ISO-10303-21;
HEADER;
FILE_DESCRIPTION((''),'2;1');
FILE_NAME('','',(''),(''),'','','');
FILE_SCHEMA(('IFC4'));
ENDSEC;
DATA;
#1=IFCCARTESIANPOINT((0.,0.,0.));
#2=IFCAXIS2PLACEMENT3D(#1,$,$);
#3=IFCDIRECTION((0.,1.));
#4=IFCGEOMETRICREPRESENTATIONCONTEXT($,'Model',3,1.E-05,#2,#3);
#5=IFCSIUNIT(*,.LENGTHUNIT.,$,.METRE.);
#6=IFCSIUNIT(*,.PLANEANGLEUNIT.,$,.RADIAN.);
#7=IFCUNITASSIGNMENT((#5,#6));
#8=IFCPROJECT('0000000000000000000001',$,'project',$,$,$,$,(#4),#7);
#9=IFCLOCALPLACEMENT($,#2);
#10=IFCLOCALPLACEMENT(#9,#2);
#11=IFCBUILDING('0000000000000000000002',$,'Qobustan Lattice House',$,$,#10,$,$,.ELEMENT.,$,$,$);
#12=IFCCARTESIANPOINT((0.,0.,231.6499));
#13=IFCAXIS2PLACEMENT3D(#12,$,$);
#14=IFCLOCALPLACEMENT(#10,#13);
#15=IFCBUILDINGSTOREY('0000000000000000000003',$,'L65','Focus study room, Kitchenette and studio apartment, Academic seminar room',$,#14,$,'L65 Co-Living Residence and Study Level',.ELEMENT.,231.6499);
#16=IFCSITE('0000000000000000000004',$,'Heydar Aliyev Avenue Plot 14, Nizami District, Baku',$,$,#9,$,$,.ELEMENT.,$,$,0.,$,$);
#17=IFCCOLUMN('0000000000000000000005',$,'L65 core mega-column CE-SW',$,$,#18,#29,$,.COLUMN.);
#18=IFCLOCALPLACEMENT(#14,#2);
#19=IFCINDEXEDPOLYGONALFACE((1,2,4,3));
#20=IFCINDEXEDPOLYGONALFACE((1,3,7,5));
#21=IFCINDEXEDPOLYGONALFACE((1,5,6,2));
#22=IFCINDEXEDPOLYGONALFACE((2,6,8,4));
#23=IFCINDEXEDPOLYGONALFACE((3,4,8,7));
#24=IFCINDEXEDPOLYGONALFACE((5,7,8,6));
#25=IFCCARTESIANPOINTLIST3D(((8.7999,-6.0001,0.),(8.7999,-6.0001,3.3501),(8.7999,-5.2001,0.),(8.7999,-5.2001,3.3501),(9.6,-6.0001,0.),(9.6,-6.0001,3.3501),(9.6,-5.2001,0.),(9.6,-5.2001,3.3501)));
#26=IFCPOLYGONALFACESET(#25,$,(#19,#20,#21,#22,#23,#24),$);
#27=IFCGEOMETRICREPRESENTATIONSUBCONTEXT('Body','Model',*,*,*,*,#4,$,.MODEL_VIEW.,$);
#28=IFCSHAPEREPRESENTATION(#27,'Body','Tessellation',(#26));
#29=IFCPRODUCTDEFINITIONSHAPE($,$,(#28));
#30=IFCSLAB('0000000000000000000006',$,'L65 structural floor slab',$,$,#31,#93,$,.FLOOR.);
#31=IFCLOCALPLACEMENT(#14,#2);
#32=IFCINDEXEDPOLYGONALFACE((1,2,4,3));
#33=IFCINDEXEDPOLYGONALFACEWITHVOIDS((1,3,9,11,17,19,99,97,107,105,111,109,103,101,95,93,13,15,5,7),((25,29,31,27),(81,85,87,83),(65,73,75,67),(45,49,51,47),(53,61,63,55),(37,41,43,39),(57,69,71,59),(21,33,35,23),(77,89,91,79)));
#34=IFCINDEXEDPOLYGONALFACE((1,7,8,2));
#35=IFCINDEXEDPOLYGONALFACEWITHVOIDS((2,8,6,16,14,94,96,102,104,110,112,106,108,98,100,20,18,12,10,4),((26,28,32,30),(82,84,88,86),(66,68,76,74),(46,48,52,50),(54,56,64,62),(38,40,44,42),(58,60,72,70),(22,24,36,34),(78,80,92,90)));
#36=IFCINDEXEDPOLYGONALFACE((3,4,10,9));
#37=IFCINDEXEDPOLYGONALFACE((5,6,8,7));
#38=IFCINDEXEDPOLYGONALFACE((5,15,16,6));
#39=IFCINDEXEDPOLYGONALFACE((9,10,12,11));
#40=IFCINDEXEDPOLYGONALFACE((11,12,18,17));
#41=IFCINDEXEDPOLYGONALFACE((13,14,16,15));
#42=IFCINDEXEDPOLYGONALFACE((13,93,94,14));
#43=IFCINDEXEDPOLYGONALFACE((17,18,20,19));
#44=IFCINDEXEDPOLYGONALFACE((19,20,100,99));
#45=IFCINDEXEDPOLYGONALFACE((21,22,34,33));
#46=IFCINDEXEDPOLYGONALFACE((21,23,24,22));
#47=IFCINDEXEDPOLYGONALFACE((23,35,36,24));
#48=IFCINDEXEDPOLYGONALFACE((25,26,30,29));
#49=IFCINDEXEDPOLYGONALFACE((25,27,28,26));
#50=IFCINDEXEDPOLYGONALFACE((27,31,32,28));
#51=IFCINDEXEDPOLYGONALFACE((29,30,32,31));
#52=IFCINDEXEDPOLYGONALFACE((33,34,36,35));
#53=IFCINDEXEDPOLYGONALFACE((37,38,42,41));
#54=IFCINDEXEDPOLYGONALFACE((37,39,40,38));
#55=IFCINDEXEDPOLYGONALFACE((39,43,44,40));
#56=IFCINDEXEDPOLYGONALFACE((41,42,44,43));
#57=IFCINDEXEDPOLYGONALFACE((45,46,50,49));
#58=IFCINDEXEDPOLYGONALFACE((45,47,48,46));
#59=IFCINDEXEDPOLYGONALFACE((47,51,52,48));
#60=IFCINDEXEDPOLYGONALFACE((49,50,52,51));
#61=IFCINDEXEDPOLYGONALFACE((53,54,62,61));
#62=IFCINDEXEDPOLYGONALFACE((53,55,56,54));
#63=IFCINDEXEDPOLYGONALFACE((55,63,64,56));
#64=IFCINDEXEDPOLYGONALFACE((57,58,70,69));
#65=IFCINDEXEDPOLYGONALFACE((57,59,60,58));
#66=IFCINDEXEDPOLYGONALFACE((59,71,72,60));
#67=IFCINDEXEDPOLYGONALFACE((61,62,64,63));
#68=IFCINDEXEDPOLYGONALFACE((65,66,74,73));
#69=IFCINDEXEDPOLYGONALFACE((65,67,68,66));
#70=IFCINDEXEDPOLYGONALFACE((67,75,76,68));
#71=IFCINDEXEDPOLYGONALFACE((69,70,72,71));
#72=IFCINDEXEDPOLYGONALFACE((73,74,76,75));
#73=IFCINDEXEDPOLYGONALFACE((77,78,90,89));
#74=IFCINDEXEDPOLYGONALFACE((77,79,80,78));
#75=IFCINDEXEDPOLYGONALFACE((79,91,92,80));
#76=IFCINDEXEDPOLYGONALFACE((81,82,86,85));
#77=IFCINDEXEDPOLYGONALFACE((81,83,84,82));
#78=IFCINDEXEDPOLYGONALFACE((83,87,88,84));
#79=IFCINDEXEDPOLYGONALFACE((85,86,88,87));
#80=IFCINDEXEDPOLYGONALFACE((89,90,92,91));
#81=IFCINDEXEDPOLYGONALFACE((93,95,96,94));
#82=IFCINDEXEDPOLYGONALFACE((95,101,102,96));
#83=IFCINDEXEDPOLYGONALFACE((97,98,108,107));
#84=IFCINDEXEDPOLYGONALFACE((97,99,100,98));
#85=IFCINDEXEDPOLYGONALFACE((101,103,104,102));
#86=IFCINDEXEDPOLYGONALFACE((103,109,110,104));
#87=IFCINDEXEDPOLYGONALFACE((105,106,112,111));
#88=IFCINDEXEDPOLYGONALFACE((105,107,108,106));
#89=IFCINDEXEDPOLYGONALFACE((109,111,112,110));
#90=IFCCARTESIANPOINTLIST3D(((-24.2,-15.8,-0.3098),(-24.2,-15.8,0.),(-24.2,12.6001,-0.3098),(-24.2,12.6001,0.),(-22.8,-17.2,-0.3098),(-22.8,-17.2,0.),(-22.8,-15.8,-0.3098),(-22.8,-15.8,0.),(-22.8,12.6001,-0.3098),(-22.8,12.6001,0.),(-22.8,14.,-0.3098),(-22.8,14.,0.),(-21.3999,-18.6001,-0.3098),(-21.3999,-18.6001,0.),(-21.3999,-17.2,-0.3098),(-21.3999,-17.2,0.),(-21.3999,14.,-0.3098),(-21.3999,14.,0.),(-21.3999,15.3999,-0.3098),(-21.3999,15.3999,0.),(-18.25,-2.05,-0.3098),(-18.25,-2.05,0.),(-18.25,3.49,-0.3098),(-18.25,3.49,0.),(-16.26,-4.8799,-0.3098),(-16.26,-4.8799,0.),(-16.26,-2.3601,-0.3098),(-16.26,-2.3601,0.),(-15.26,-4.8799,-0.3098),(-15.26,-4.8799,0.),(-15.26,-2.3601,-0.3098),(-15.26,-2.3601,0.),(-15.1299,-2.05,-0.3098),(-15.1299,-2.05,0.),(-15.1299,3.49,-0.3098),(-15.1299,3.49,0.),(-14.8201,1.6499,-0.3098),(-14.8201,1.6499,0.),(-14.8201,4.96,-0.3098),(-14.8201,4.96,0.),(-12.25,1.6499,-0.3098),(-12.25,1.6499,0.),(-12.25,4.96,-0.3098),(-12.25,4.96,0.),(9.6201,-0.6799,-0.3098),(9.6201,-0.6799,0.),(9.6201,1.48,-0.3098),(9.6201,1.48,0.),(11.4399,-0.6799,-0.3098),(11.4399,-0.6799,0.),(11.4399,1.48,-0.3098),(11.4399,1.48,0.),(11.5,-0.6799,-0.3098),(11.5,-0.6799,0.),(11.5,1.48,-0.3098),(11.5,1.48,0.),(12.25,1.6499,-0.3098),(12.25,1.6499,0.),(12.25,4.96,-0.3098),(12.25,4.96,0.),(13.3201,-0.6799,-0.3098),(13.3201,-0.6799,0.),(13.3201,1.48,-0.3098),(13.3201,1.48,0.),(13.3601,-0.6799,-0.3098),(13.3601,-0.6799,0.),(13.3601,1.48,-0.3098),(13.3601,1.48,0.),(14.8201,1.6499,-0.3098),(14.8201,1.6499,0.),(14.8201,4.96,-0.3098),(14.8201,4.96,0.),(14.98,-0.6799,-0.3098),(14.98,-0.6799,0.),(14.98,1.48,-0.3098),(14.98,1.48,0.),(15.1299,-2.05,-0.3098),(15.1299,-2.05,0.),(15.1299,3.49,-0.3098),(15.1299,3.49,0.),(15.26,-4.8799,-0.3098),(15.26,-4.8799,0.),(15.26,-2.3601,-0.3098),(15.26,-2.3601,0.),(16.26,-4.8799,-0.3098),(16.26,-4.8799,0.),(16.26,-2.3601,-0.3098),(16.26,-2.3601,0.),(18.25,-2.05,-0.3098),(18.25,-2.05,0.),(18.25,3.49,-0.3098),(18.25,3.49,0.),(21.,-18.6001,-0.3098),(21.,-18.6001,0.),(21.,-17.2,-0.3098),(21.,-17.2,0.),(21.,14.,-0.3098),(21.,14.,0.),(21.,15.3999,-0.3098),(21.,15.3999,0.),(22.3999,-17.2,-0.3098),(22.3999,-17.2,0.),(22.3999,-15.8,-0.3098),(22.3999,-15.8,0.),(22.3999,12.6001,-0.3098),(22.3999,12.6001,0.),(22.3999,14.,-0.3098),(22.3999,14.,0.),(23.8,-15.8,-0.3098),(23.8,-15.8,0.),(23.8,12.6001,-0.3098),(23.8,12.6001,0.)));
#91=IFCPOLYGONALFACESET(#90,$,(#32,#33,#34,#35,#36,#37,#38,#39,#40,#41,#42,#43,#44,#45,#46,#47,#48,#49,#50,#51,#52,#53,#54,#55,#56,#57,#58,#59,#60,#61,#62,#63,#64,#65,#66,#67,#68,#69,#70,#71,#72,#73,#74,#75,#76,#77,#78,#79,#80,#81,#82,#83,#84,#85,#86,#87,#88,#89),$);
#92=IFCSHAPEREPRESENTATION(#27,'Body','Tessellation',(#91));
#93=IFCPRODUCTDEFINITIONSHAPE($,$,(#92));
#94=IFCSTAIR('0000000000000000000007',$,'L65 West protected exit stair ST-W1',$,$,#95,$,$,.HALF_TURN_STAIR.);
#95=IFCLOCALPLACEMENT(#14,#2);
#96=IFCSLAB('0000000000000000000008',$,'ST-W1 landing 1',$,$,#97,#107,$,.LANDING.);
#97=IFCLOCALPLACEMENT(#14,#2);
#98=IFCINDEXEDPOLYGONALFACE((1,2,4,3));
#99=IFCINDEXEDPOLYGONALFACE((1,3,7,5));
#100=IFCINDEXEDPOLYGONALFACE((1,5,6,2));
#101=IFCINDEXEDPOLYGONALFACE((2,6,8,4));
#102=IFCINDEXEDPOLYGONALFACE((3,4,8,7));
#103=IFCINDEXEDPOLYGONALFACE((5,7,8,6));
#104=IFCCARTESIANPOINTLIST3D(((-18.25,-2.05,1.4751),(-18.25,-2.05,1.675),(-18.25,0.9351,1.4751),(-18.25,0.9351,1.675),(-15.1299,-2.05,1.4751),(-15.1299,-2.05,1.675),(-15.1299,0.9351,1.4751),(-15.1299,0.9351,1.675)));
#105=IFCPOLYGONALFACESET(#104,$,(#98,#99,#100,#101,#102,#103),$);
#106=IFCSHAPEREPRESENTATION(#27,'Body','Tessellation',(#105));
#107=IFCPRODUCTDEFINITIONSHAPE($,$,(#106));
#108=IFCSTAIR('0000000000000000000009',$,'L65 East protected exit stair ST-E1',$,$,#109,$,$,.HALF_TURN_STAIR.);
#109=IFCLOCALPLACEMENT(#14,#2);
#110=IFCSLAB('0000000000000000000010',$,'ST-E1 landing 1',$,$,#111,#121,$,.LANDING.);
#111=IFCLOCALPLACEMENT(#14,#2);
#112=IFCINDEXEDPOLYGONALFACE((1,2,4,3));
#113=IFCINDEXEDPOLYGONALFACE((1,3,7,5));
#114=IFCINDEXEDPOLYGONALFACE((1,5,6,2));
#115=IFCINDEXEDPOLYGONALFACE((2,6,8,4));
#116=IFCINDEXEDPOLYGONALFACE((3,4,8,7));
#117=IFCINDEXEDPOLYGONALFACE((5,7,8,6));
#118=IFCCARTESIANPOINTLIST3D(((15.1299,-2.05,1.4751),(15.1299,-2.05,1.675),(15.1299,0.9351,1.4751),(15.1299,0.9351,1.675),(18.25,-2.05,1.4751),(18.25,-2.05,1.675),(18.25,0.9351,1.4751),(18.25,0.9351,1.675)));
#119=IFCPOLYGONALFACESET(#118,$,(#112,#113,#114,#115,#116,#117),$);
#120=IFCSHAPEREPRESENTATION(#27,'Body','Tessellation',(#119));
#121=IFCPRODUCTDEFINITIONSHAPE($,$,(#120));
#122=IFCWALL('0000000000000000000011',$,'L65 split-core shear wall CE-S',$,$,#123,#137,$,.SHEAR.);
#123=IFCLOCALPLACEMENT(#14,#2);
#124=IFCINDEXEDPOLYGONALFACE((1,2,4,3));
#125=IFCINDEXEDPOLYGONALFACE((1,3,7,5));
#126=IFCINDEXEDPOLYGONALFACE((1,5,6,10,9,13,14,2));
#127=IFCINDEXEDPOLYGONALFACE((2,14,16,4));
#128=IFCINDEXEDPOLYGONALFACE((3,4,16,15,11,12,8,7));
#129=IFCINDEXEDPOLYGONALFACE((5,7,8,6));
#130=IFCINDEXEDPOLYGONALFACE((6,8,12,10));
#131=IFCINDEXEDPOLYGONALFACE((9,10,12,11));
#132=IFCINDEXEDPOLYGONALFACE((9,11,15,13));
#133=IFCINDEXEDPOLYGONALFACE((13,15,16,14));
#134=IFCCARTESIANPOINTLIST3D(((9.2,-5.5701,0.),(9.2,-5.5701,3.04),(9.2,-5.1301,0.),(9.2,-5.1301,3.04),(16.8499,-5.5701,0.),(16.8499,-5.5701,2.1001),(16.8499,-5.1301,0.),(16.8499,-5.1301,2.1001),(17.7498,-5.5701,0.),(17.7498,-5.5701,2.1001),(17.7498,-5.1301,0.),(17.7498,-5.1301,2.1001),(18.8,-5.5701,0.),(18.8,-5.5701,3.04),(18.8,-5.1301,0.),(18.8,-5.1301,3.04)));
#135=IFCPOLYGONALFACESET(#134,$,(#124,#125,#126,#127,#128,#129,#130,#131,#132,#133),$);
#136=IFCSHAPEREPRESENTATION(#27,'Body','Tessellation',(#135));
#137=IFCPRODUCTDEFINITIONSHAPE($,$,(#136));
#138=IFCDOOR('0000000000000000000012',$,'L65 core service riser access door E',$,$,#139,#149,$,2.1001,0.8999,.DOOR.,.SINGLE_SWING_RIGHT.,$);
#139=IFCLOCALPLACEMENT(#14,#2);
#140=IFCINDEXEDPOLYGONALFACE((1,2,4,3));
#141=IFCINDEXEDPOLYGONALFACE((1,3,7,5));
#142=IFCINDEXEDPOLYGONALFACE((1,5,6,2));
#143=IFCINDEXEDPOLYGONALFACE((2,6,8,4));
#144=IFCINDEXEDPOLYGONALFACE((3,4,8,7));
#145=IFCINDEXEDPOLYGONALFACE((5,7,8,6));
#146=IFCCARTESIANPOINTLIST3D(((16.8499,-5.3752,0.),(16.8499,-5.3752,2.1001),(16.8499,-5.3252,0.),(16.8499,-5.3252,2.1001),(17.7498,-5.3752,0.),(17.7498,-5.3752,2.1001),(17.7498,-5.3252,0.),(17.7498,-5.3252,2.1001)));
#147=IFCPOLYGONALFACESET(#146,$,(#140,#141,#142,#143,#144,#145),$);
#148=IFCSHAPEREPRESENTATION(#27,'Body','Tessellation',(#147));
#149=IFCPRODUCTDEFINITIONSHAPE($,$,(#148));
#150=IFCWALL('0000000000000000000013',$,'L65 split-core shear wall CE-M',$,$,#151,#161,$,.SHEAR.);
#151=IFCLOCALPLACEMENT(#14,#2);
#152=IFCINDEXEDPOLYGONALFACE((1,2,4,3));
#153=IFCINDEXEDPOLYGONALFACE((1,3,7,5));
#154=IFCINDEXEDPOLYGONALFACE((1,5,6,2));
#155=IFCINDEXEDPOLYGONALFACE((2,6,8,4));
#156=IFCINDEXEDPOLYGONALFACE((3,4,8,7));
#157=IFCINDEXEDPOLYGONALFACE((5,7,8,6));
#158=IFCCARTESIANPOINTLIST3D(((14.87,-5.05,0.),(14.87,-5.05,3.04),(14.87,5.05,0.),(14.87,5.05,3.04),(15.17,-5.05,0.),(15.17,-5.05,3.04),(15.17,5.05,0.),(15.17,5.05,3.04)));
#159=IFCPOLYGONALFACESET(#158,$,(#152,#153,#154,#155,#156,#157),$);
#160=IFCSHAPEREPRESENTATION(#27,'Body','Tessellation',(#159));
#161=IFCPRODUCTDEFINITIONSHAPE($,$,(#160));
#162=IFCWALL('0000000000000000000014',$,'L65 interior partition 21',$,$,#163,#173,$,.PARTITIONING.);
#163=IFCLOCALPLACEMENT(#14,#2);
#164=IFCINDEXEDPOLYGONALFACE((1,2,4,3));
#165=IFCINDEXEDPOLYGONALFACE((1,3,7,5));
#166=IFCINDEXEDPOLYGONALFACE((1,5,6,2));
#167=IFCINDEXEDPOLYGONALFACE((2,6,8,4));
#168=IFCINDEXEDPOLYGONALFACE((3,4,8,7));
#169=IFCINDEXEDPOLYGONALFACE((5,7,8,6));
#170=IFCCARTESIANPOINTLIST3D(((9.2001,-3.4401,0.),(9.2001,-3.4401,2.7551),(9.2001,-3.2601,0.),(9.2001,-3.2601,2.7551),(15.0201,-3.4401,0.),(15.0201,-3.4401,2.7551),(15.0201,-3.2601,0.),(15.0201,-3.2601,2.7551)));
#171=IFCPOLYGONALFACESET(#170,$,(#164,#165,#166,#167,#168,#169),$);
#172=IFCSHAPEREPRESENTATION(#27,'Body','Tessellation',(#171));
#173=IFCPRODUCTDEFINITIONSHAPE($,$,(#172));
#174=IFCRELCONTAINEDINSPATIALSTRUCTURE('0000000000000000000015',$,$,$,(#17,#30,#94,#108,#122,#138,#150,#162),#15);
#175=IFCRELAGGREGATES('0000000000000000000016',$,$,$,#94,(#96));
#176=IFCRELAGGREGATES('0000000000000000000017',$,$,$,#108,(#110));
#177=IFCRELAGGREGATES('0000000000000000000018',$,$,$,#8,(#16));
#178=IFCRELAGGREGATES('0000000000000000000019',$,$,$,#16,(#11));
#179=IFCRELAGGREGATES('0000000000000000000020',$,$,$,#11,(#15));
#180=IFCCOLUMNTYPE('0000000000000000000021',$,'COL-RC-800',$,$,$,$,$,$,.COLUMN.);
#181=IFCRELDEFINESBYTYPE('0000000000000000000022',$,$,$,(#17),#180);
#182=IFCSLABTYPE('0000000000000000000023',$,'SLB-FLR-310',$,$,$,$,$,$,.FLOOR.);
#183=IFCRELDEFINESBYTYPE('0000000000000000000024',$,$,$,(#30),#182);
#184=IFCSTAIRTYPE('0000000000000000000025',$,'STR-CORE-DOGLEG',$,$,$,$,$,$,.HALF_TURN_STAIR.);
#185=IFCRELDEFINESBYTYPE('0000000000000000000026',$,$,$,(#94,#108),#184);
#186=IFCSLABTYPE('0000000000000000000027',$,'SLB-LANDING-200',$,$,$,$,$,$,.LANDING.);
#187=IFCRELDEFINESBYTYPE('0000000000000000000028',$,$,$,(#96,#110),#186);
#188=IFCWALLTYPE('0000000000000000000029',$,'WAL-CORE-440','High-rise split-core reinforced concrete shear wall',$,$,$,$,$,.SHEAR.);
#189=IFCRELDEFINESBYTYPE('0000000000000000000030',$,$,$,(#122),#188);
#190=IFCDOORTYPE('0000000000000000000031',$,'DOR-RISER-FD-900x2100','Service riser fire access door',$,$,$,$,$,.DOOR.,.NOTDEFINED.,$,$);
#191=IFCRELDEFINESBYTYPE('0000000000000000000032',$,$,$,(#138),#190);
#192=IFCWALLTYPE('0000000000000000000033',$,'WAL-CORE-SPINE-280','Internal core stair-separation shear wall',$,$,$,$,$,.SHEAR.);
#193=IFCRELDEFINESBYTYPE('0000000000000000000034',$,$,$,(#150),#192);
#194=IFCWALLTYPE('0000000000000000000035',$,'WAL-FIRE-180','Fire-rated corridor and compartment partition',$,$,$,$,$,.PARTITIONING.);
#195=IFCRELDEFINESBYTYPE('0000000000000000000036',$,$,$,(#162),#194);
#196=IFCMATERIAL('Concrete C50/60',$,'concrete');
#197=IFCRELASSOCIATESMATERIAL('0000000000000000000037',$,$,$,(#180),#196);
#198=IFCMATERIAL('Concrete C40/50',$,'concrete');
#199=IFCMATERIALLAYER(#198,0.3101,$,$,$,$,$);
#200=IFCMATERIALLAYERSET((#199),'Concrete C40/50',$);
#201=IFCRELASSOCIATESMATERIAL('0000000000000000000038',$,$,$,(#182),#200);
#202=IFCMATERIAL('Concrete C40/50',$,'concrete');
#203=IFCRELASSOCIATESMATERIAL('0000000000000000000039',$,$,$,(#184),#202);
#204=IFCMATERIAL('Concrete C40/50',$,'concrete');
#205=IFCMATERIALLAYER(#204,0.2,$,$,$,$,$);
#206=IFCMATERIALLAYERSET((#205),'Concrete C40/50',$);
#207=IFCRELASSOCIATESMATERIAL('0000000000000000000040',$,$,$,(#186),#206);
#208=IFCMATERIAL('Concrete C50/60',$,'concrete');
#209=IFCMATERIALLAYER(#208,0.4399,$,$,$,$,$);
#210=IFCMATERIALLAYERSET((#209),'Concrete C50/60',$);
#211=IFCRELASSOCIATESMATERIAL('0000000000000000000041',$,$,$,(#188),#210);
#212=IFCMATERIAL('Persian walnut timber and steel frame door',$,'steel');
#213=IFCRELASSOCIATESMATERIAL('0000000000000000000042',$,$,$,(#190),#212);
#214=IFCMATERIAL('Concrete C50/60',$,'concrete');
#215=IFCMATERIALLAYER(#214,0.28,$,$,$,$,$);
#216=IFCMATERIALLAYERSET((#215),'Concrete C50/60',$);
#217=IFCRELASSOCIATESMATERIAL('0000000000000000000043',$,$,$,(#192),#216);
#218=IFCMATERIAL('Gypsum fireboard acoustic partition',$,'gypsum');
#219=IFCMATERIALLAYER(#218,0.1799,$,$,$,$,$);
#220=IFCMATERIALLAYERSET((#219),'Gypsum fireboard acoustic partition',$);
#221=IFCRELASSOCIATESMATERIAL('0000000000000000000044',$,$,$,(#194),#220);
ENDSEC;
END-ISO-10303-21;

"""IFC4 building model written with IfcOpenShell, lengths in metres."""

from ifc_helpers import new_model, si_unit, direction, frame, frame_2d, origin, origin_2d, place, context, subcontext, project, spatial, polyline, rectangle, outline, extrude, material, layer, layer_set, material_profile, profile_set, type_object, element, fill, aggregate, save


model = new_model("IFC4")

# Units and contexts
model_context = context("Model", 3, precision=1e-05, world=origin(), true_north=direction((0.0, 1.0)))
body_context = subcontext(model_context, "Body", "Model", "MODEL_VIEW")
ifc_project = project(units=[si_unit("LENGTHUNIT", "METRE"), si_unit("PLANEANGLEUNIT", "RADIAN")], contexts=[model_context])

# Site, building, storey
site_placement = place(None, origin())
site = spatial("IfcSite", under=ifc_project, at=site_placement, Name="Heydar Aliyev Avenue Plot 14, Nizami District, Baku", CompositionType="ELEMENT", RefElevation=0.0)
building_placement = place(site_placement, origin())
building = spatial("IfcBuilding", under=site, at=building_placement, Name="Qobustan Lattice House", CompositionType="ELEMENT")
storey_placement = place(building_placement, frame((0.0, 0.0, 231.6499)))
storey = spatial("IfcBuildingStorey", under=building, at=storey_placement, Name="L65", Description="Focus study room, Kitchenette and studio apartment, Academic seminar room", LongName="L65 Co-Living Residence and Study Level", CompositionType="ELEMENT", Elevation=231.6499)

# Column
ifc_material_1 = material(Name="Concrete C50/60", Category="concrete")
ifc_material_profile = material_profile(ifc_material_1, rectangle(XDim=0.8, YDim=0.8, at=origin_2d()), Name="RC800x800")
ifc_profile_set = profile_set([ifc_material_profile], Name="Concrete C50/60")
column_type = type_object("IfcColumnType", Name="COL-RC-800", PredefinedType="COLUMN", material=ifc_profile_set)
column_placement = place(storey_placement, frame((9.2, -5.6001, 0.0), z_axis=(0.0, 0.0, 1.0), x_axis=(1.0, 0.0, 0.0)))
element("IfcColumn", 1, at=column_placement, inside=storey, type_object=column_type, Name="L65 core mega-column CE-SW", PredefinedType="COLUMN", context=body_context, shape_type="SweptSolid", body=[
    extrude(rectangle(XDim=0.8, YDim=0.8, at=origin_2d()), origin(), (0.0, 0.0, 1.0), 3.3501),
])

# Slab
ifc_material_2 = material(Name="Concrete C40/50", Category="concrete")
ifc_layer_1 = layer(ifc_material_2, 0.3101)
ifc_layer_set_1 = layer_set([ifc_layer_1], Name="Concrete C40/50")
slab_type_1 = type_object("IfcSlabType", Name="SLB-FLR-310", PredefinedType="FLOOR", material=ifc_layer_set_1)
slab_1_placement = place(storey_placement, frame((0.0, 0.0, -0.3098)))
element("IfcSlab", 2, at=slab_1_placement, inside=storey, type_object=slab_type_1, Name="L65 structural floor slab", PredefinedType="FLOOR", context=body_context, shape_type="SweptSolid", body=[
    extrude(outline(polyline([(-21.3999, -18.6001), (21.0, -18.6001), (21.0, -17.2), (22.3999, -17.2), (22.3999, -15.8), (23.8, -15.8), (23.8, 12.6001), (22.3999, 12.6001), (22.3999, 14.0), (21.0, 14.0), (21.0, 15.3999), (-21.3999, 15.3999), (-21.3999, 14.0), (-22.8, 14.0), (-22.8, 12.6001), (-24.2, 12.6001), (-24.2, -15.8), (-22.8, -15.8), (-22.8, -17.2), (-21.3999, -17.2), (-21.3999, -18.6001)]), holes=[polyline([(-18.25, -2.05), (-18.25, 3.49), (-15.1299, 3.49), (-15.1299, -2.05), (-18.25, -2.05)]), polyline([(15.1299, -2.05), (15.1299, 3.49), (18.25, 3.49), (18.25, -2.05), (15.1299, -2.05)]), polyline([(-14.8201, 1.6499), (-14.8201, 4.96), (-12.25, 4.96), (-12.25, 1.6499), (-14.8201, 1.6499)]), polyline([(12.25, 1.6499), (12.25, 4.96), (14.8201, 4.96), (14.8201, 1.6499), (12.25, 1.6499)]), polyline([(-16.26, -4.8799), (-16.26, -2.3601), (-15.26, -2.3601), (-15.26, -4.8799), (-16.26, -4.8799)]), polyline([(15.26, -4.8799), (15.26, -2.3601), (16.26, -2.3601), (16.26, -4.8799), (15.26, -4.8799)]), polyline([(13.3601, -0.6799), (13.3601, 1.48), (14.98, 1.48), (14.98, -0.6799), (13.3601, -0.6799)]), polyline([(9.6201, -0.6799), (9.6201, 1.48), (11.4399, 1.48), (11.4399, -0.6799), (9.6201, -0.6799)]), polyline([(11.5, -0.6799), (11.5, 1.48), (13.3201, 1.48), (13.3201, -0.6799), (11.5, -0.6799)])]), origin(), (0.0, 0.0, 1.0), 0.3098),
])

# Stairs, slabs
ifc_material_3 = material(Name="Concrete C40/50", Category="concrete")
stair_type = type_object("IfcStairType", Name="STR-CORE-DOGLEG", PredefinedType="HALF_TURN_STAIR", material=ifc_material_3)
stair_1_placement = place(storey_placement, origin())
stair_1 = element("IfcStair", 3, at=stair_1_placement, inside=storey, type_object=stair_type, Name="L65 West protected exit stair ST-W1", PredefinedType="HALF_TURN_STAIR")
ifc_material_4 = material(Name="Concrete C40/50", Category="concrete")
ifc_layer_2 = layer(ifc_material_4, 0.2)
ifc_layer_set_2 = layer_set([ifc_layer_2], Name="Concrete C40/50")
slab_type_2 = type_object("IfcSlabType", Name="SLB-LANDING-200", PredefinedType="LANDING", material=ifc_layer_set_2)
slab_2_placement = place(storey_placement, frame((0.0, 0.0, 1.4751)))
slab_2 = element("IfcSlab", 4, at=slab_2_placement, type_object=slab_type_2, Name="ST-W1 landing 1", PredefinedType="LANDING", context=body_context, shape_type="SweptSolid", body=[
    extrude(outline(polyline([(-18.25, 0.9351), (-18.25, -2.05), (-15.1299, -2.05), (-15.1299, 0.9351), (-18.25, 0.9351)])), origin(), (0.0, 0.0, 1.0), 0.2),
])
aggregate(stair_1, [slab_2])
stair_2_placement = place(storey_placement, origin())
stair_2 = element("IfcStair", 5, at=stair_2_placement, inside=storey, type_object=stair_type, Name="L65 East protected exit stair ST-E1", PredefinedType="HALF_TURN_STAIR")
slab_3_placement = place(storey_placement, frame((0.0, 0.0, 1.4751)))
slab_3 = element("IfcSlab", 6, at=slab_3_placement, type_object=slab_type_2, Name="ST-E1 landing 1", PredefinedType="LANDING", context=body_context, shape_type="SweptSolid", body=[
    extrude(outline(polyline([(15.1299, 0.9351), (15.1299, -2.05), (18.25, -2.05), (18.25, 0.9351), (15.1299, 0.9351)])), origin(), (0.0, 0.0, 1.0), 0.2),
])
aggregate(stair_2, [slab_3])

# Wall, opening, door
ifc_material_5 = material(Name="Concrete C50/60", Category="concrete")
ifc_layer_3 = layer(ifc_material_5, 0.4399)
ifc_layer_set_3 = layer_set([ifc_layer_3], Name="Concrete C50/60")
wall_type_1 = type_object("IfcWallType", Name="WAL-CORE-440", Description="High-rise split-core reinforced concrete shear wall", PredefinedType="SHEAR", material=ifc_layer_set_3)
wall_1_placement = place(storey_placement, frame((9.2, -5.3501, 0.0), z_axis=(0.0, 0.0, 1.0), x_axis=(1.0, 0.0, 0.0)))
wall_1 = element("IfcWall", 7, at=wall_1_placement, inside=storey, type_object=wall_type_1, Name="L65 split-core shear wall CE-S", PredefinedType="SHEAR", context=body_context, shape_type="SweptSolid", body=[
    extrude(rectangle(XDim=9.6001, YDim=0.4399, at=frame_2d((4.8, 0.0))), origin(), (0.0, 0.0, 1.0), 3.04),
])
opening_1_placement = place(wall_1_placement, frame((7.6499, 0.0, 0.0)))
opening_1 = element("IfcOpeningElement", 8, at=opening_1_placement, cuts=wall_1, PredefinedType="OPENING", context=body_context, shape_type="SweptSolid", body=[
    extrude(rectangle(XDim=0.8999, YDim=2.1001, at=frame_2d((0.45, 1.05))), frame((0.0, 0.23, 0.0), z_axis=(0.0, -1.0, 0.0), x_axis=(1.0, 0.0, 0.0)), (0.0, 0.0, 1.0), 0.46),
])
ifc_material_6 = material(Name="Persian walnut timber and steel frame door", Category="steel")
door_type_1 = type_object("IfcDoorType", Name="DOR-RISER-FD-900x2100", Description="Service riser fire access door", OperationType="NOTDEFINED", PredefinedType="DOOR", material=ifc_material_6)
door_1_placement = place(opening_1_placement, origin())
door_1 = element("IfcDoor", 9, at=door_1_placement, inside=storey, type_object=door_type_1, Name="L65 core service riser access door E", OperationType="SINGLE_SWING_RIGHT", OverallHeight=2.1001, OverallWidth=0.8999, PredefinedType="DOOR", context=body_context, shape_type="SweptSolid", body=[
    extrude(rectangle(XDim=0.8999, YDim=2.1001, at=frame_2d((0.45, 1.05))), frame((0.0, 0.0249, 0.0), z_axis=(0.0, -1.0, 0.0), x_axis=(1.0, 0.0, 0.0)), (0.0, 0.0, 1.0), 0.05),
])
fill(opening_1, door_1)

# Walls
ifc_material_7 = material(Name="Concrete C50/60", Category="concrete")
ifc_layer_4 = layer(ifc_material_7, 0.28)
ifc_layer_set_4 = layer_set([ifc_layer_4], Name="Concrete C50/60")
wall_type_2 = type_object("IfcWallType", Name="WAL-CORE-SPINE-280", Description="Internal core stair-separation shear wall", PredefinedType="SHEAR", material=ifc_layer_set_4)
wall_2_placement = place(storey_placement, frame((15.02, -5.05, 0.0), z_axis=(0.0, 0.0, 1.0), x_axis=(0.0, 1.0, 0.0)))
element("IfcWall", 10, at=wall_2_placement, inside=storey, type_object=wall_type_2, Name="L65 split-core shear wall CE-M", PredefinedType="SHEAR", context=body_context, shape_type="SweptSolid", body=[
    extrude(rectangle(XDim=10.1001, YDim=0.3, at=frame_2d((5.05, 0.0))), origin(), (0.0, 0.0, 1.0), 3.04),
])
ifc_material_8 = material(Name="Gypsum fireboard acoustic partition", Category="gypsum")
ifc_layer_5 = layer(ifc_material_8, 0.1799)
ifc_layer_set_5 = layer_set([ifc_layer_5], Name="Gypsum fireboard acoustic partition")
wall_type_3 = type_object("IfcWallType", Name="WAL-FIRE-180", Description="Fire-rated corridor and compartment partition", PredefinedType="PARTITIONING", material=ifc_layer_set_5)
wall_3_placement = place(storey_placement, frame((9.2, -3.3501, 0.0), z_axis=(0.0, 0.0, 1.0), x_axis=(1.0, 0.0, 0.0)))
element("IfcWall", 11, at=wall_3_placement, inside=storey, type_object=wall_type_3, Name="L65 interior partition 21", PredefinedType="PARTITIONING", context=body_context, shape_type="SweptSolid", body=[
    extrude(rectangle(XDim=5.8201, YDim=0.1799, at=frame_2d((2.9102, 0.0))), origin(), (0.0, 0.0, 1.0), 2.7551),
])

save(model, "model.ifc")
